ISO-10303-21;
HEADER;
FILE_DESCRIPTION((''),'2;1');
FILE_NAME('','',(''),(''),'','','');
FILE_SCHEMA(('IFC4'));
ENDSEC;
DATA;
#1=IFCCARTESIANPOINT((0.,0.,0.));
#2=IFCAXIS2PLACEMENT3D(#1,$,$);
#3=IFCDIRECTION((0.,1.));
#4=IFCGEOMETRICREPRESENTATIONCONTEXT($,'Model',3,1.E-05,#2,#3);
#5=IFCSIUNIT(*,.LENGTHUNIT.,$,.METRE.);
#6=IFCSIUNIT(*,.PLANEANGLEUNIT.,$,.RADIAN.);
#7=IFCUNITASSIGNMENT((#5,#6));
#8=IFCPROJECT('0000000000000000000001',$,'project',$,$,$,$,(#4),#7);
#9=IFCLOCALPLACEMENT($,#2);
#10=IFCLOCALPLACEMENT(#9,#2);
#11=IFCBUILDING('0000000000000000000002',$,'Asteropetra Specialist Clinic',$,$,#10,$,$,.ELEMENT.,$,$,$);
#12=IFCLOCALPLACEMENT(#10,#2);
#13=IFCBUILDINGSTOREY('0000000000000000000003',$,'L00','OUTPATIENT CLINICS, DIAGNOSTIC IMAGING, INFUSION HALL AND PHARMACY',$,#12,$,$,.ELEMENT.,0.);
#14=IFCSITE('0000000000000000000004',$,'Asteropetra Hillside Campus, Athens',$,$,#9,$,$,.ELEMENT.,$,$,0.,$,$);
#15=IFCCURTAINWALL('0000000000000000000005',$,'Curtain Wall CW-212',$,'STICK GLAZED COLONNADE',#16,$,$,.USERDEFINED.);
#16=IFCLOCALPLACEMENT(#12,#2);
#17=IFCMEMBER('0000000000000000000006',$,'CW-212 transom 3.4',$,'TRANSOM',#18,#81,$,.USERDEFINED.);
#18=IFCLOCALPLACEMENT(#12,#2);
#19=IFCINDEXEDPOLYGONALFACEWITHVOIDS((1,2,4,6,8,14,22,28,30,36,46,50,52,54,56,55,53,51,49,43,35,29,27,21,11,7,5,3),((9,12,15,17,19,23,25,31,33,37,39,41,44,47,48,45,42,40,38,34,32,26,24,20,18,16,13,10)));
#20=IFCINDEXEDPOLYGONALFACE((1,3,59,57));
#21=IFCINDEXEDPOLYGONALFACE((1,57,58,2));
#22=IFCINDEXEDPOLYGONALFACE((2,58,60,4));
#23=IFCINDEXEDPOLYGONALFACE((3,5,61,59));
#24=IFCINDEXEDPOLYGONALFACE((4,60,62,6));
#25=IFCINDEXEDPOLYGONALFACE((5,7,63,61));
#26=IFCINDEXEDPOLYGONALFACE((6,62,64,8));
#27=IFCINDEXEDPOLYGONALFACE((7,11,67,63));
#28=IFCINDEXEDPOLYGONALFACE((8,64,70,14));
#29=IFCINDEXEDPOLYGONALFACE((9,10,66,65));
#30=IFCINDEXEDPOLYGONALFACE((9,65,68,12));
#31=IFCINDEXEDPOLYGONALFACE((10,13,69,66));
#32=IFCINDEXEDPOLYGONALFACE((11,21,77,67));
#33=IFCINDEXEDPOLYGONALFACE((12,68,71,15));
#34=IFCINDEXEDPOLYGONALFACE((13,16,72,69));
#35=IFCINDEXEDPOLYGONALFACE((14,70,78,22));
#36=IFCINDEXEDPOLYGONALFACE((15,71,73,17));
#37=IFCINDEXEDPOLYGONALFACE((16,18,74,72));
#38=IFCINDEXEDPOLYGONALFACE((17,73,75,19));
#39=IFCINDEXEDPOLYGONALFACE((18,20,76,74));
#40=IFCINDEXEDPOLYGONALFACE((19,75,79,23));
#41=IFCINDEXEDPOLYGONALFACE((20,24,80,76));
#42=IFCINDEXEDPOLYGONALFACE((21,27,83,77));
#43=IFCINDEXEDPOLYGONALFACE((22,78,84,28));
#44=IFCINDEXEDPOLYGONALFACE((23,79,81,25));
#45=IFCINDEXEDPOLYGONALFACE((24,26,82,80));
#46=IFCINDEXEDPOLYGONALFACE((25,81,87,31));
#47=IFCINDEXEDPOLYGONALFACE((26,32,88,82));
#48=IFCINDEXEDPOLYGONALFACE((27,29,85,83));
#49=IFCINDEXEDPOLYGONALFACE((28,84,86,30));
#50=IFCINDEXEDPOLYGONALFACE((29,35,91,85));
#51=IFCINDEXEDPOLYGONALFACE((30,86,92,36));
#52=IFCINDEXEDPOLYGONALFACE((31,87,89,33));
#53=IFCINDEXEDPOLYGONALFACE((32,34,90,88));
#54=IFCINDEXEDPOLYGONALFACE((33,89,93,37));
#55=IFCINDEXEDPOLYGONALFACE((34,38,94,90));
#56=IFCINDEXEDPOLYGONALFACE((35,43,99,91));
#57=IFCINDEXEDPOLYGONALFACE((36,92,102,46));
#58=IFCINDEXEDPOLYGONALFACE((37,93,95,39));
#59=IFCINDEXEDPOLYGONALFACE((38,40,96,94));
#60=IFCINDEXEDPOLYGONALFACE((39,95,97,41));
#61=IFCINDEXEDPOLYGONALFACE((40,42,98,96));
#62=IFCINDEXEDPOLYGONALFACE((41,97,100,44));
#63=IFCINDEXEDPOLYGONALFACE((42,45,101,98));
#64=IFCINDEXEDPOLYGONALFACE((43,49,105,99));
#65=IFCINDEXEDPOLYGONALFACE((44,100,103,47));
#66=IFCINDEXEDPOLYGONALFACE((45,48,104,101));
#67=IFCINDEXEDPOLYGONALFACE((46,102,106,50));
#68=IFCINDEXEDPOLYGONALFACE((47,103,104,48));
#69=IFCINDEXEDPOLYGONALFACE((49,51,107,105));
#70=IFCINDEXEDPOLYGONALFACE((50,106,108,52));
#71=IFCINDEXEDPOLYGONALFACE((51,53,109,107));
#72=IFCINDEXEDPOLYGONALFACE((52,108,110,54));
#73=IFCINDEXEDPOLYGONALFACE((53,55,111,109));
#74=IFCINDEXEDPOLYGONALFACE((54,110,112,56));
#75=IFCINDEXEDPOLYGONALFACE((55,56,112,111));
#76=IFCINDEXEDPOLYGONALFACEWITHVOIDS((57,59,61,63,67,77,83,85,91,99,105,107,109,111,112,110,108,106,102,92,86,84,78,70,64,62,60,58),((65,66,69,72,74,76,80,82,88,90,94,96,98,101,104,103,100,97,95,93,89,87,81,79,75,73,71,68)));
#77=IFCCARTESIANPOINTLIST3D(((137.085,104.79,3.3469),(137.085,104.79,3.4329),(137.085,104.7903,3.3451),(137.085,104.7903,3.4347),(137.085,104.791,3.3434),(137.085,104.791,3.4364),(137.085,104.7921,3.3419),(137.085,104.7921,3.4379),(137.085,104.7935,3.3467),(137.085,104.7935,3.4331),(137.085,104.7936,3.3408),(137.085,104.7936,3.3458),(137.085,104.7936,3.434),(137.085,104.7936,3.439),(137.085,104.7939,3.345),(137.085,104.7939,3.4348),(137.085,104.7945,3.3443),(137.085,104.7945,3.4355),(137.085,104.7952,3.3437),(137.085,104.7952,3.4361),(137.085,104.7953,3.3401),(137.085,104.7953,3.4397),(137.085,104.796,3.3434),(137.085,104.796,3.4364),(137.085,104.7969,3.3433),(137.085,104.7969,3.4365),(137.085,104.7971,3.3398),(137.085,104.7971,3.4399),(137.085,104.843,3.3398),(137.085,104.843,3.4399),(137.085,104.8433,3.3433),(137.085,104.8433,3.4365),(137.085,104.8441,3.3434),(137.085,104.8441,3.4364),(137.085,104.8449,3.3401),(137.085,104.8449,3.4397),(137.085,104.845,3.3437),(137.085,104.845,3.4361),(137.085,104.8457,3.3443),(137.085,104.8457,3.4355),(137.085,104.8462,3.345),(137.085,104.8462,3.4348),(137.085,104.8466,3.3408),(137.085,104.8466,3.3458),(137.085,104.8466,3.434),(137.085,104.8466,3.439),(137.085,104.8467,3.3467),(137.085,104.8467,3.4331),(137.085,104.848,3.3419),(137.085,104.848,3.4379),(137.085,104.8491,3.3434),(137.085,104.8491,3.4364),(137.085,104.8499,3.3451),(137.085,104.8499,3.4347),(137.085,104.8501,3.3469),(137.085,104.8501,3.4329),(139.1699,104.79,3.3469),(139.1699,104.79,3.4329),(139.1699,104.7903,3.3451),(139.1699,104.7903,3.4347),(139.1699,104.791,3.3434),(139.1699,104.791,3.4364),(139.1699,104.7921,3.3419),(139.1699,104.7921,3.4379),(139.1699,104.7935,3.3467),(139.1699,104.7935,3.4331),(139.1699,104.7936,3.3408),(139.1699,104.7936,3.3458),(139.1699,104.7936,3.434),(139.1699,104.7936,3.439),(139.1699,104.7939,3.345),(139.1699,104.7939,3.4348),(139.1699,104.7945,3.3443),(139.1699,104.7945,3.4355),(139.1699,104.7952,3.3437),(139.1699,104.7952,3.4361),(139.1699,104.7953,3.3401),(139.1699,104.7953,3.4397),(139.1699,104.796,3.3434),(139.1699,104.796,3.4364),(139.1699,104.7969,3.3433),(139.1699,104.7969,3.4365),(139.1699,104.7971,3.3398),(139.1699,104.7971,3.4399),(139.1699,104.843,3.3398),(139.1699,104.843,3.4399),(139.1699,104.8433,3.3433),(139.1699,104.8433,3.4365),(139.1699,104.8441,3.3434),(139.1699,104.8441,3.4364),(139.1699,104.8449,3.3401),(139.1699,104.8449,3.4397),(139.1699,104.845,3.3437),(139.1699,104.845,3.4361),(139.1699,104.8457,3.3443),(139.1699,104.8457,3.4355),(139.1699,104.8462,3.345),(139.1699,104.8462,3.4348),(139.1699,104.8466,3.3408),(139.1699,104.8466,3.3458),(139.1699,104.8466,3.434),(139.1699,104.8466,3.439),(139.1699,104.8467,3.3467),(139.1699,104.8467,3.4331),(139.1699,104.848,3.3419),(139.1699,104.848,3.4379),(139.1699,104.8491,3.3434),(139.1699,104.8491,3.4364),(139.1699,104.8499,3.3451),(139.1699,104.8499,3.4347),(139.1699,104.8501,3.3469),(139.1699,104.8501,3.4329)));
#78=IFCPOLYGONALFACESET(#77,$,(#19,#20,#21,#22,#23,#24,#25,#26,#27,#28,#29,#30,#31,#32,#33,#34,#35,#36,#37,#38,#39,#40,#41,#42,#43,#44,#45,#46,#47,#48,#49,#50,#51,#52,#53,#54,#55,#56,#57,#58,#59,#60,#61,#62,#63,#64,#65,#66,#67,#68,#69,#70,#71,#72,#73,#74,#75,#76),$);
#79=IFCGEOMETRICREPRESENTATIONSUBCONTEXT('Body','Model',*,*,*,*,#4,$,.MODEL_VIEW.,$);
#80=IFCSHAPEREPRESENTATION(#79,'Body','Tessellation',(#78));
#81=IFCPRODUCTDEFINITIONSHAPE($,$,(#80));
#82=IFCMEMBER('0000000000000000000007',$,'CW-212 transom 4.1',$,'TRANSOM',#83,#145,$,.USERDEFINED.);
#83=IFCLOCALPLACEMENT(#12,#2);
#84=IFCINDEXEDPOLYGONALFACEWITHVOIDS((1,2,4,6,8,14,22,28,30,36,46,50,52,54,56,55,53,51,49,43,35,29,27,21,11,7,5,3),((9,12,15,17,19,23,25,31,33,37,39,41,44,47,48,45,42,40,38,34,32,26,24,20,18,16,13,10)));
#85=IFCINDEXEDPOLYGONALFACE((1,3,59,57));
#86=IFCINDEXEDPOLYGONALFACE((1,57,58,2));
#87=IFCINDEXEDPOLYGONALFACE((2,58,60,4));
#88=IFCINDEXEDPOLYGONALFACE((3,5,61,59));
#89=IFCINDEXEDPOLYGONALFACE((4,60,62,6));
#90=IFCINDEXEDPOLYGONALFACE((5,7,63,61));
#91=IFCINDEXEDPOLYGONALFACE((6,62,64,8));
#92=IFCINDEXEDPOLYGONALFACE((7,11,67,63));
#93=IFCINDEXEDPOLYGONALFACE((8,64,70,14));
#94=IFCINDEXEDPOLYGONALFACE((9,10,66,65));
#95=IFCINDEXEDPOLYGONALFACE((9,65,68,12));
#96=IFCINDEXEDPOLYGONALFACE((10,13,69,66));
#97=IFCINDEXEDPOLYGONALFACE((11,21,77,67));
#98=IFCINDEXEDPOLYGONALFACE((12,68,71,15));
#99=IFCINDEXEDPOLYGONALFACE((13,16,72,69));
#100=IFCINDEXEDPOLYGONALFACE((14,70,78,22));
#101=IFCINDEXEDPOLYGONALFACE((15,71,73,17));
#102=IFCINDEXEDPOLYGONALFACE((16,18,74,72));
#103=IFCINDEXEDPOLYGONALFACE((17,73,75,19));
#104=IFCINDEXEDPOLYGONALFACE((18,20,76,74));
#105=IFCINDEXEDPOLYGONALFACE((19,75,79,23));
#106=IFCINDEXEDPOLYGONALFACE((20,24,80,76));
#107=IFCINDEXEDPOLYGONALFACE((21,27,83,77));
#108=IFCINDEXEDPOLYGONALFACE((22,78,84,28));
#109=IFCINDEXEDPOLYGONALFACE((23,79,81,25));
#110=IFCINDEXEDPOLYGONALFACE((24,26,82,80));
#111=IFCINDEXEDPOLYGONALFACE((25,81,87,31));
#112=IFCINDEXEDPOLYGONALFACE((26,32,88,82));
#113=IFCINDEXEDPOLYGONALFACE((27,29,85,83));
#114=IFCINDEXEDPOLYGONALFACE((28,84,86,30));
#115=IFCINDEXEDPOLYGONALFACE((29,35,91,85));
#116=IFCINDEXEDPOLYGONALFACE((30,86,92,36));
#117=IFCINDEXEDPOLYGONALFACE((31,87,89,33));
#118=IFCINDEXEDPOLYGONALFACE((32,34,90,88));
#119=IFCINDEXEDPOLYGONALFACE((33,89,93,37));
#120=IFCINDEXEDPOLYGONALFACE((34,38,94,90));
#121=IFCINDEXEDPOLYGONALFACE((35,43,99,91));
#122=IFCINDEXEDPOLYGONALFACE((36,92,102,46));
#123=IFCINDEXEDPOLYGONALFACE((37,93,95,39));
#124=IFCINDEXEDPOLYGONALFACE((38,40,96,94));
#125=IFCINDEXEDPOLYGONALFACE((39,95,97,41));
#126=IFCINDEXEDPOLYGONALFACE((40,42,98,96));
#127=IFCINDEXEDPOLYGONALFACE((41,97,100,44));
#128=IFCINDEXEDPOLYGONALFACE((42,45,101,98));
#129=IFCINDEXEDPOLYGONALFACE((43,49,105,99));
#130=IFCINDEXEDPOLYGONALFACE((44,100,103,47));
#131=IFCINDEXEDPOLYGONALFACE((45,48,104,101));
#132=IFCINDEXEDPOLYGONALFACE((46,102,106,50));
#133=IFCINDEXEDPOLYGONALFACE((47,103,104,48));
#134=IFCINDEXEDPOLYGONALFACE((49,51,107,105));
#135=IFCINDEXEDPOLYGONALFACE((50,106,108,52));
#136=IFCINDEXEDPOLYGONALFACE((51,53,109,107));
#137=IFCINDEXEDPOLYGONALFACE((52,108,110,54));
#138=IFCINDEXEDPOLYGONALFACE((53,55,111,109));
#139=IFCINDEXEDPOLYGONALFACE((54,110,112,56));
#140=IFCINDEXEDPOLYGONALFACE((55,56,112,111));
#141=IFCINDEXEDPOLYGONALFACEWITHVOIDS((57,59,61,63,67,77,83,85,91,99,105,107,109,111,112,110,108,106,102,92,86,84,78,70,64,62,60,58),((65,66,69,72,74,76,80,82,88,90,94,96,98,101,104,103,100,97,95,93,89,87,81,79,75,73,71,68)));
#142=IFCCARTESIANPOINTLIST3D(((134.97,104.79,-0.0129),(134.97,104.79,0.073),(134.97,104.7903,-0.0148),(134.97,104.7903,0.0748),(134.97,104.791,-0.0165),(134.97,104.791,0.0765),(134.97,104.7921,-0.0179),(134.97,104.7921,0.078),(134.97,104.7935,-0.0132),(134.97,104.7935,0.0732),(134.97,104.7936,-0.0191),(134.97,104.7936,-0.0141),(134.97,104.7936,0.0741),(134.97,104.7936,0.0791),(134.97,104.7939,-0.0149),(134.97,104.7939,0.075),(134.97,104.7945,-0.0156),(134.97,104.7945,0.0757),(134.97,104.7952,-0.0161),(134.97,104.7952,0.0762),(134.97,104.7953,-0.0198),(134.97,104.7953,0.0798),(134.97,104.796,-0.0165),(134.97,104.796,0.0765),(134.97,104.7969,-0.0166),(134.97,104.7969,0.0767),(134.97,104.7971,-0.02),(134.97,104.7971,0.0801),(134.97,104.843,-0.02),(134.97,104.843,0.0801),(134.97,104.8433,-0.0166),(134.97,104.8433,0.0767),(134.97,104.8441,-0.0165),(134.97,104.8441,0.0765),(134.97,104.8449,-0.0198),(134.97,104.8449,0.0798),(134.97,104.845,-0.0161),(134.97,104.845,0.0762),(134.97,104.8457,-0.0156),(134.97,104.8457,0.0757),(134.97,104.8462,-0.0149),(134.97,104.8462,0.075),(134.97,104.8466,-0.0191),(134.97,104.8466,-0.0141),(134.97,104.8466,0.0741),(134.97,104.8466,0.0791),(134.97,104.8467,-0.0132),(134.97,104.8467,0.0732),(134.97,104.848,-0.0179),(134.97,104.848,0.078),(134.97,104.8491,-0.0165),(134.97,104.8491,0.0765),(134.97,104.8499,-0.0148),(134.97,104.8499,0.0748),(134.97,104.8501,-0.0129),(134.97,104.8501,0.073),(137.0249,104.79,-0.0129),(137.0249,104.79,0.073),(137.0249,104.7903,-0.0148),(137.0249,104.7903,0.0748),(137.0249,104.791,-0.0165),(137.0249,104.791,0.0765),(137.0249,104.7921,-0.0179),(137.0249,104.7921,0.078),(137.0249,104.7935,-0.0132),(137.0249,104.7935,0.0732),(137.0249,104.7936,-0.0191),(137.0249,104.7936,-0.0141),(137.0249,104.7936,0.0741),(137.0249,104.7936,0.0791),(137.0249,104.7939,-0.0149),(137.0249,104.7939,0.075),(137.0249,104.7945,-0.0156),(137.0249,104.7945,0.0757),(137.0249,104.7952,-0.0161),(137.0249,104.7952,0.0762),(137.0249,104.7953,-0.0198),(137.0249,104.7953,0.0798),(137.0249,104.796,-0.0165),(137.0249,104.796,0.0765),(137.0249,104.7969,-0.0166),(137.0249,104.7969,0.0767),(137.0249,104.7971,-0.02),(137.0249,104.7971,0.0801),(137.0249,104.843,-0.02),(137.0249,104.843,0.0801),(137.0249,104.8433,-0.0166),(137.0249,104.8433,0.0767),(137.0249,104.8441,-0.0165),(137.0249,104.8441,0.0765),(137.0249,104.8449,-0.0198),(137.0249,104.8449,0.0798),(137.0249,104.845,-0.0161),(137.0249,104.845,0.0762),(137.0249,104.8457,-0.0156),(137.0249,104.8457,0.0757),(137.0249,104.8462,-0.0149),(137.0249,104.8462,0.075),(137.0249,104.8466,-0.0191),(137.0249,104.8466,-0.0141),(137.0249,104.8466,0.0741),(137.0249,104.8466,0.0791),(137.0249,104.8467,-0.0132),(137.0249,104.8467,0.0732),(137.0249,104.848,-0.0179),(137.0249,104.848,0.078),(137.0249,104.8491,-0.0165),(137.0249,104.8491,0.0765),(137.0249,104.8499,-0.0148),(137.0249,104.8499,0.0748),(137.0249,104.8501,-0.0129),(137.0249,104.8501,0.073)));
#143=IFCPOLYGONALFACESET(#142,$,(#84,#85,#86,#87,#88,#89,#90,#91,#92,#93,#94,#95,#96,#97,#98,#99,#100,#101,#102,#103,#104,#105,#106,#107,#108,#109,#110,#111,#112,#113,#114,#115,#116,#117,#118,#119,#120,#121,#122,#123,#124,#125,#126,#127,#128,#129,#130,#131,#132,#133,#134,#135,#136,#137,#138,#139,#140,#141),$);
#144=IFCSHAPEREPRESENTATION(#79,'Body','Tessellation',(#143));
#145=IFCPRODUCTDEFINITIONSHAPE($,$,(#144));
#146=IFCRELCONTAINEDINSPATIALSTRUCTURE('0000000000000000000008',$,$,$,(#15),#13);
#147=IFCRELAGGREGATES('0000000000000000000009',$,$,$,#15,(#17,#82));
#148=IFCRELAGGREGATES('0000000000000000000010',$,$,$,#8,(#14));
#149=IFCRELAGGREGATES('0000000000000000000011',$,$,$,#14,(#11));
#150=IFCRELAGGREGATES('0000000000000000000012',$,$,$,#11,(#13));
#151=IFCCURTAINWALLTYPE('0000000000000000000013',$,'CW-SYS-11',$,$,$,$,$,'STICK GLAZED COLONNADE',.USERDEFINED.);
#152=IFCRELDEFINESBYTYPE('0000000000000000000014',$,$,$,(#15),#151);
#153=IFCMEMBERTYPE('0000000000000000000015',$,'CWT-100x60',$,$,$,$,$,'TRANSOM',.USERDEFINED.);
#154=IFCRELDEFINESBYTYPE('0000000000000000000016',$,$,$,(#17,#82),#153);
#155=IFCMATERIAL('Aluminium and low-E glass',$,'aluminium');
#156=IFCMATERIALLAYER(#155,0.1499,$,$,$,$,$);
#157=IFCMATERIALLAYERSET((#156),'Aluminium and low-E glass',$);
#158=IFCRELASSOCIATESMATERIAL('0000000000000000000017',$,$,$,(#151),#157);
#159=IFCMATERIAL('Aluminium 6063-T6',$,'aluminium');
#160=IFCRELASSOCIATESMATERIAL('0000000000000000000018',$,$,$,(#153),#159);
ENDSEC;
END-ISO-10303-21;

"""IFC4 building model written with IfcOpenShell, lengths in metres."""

from ifc_helpers import new_model, si_unit, direction, frame, origin, origin_2d, place, context, subcontext, project, spatial, hollow_rectangle, extrude, material, layer, layer_set, material_profile, profile_set, type_object, element, aggregate, save


model = new_model("IFC4")

# Units and contexts
model_context = context("Model", 3, precision=1e-05, world=origin(), true_north=direction((0.0, 1.0)))
body_context = subcontext(model_context, "Body", "Model", "MODEL_VIEW")
ifc_project = project(units=[si_unit("LENGTHUNIT", "METRE"), si_unit("PLANEANGLEUNIT", "RADIAN")], contexts=[model_context])

# Site, building, storey
site_placement = place(None, origin())
site = spatial("IfcSite", under=ifc_project, at=site_placement, Name="Asteropetra Hillside Campus, Athens", CompositionType="ELEMENT", RefElevation=0.0)
building_placement = place(site_placement, origin())
building = spatial("IfcBuilding", under=site, at=building_placement, Name="Asteropetra Specialist Clinic", CompositionType="ELEMENT")
storey_placement = place(building_placement, origin())
storey = spatial("IfcBuildingStorey", under=building, at=storey_placement, Name="L00", Description="OUTPATIENT CLINICS, DIAGNOSTIC IMAGING, INFUSION HALL AND PHARMACY", CompositionType="ELEMENT", Elevation=0.0)

# Curtain wall, members
ifc_material_1 = material(Name="Aluminium and low-E glass", Category="aluminium")
ifc_layer_1 = layer(ifc_material_1, 0.1499)
ifc_layer_set_1 = layer_set([ifc_layer_1], Name="Aluminium and low-E glass")
curtain_wall_type = type_object("IfcCurtainWallType", Name="CW-SYS-11", ElementType="STICK GLAZED COLONNADE", PredefinedType="USERDEFINED", material=ifc_layer_set_1)
curtain_wall_placement = place(storey_placement, origin())
curtain_wall = element("IfcCurtainWall", 1, at=curtain_wall_placement, inside=storey, type_object=curtain_wall_type, Name="Curtain Wall CW-212", ObjectType="STICK GLAZED COLONNADE", PredefinedType="USERDEFINED")
ifc_material_2 = material(Name="Aluminium 6063-T6", Category="aluminium")
ifc_material_profile_1 = material_profile(ifc_material_2, hollow_rectangle(XDim=0.0601, YDim=0.1001, WallThickness=0.0034, InnerFilletRadius=0.0034, OuterFilletRadius=0.0071, at=origin_2d()), Name="TRN 100x60x3.5")
ifc_profile_set_1 = profile_set([ifc_material_profile_1], Name="Aluminium 6063-T6")
member_type_1 = type_object("IfcMemberType", Name="CWT-100x60", ElementType="TRANSOM", PredefinedType="USERDEFINED", material=ifc_profile_set_1)
member_1_placement = place(storey_placement, frame((139.1699, 104.8201, 3.3899), z_axis=(-1.0, 0.0, 0.0), x_axis=(0.0, -1.0, 0.0)))
member_1 = element("IfcMember", 2, at=member_1_placement, type_object=member_type_1, Name="CW-212 transom 3.4", ObjectType="TRANSOM", PredefinedType="USERDEFINED", context=body_context, shape_type="SweptSolid", body=[
    extrude(hollow_rectangle(XDim=0.0601, YDim=0.1001, WallThickness=0.0034, InnerFilletRadius=0.0034, OuterFilletRadius=0.0071, at=origin_2d()), origin(), (0.0, 0.0, 1.0), 2.085),
])
member_2_placement = place(storey_placement, frame((137.0249, 104.8201, 0.03), z_axis=(-1.0, 0.0, 0.0), x_axis=(0.0, -1.0, 0.0)))
member_2 = element("IfcMember", 3, at=member_2_placement, type_object=member_type_1, Name="CW-212 transom 4.1", ObjectType="TRANSOM", PredefinedType="USERDEFINED", context=body_context, shape_type="SweptSolid", body=[
    extrude(hollow_rectangle(XDim=0.0601, YDim=0.1001, WallThickness=0.0034, InnerFilletRadius=0.0034, OuterFilletRadius=0.0071, at=origin_2d()), origin(), (0.0, 0.0, 1.0), 2.0549),
])
aggregate(curtain_wall, [member_1, member_2])

save(model, "model.ifc")
